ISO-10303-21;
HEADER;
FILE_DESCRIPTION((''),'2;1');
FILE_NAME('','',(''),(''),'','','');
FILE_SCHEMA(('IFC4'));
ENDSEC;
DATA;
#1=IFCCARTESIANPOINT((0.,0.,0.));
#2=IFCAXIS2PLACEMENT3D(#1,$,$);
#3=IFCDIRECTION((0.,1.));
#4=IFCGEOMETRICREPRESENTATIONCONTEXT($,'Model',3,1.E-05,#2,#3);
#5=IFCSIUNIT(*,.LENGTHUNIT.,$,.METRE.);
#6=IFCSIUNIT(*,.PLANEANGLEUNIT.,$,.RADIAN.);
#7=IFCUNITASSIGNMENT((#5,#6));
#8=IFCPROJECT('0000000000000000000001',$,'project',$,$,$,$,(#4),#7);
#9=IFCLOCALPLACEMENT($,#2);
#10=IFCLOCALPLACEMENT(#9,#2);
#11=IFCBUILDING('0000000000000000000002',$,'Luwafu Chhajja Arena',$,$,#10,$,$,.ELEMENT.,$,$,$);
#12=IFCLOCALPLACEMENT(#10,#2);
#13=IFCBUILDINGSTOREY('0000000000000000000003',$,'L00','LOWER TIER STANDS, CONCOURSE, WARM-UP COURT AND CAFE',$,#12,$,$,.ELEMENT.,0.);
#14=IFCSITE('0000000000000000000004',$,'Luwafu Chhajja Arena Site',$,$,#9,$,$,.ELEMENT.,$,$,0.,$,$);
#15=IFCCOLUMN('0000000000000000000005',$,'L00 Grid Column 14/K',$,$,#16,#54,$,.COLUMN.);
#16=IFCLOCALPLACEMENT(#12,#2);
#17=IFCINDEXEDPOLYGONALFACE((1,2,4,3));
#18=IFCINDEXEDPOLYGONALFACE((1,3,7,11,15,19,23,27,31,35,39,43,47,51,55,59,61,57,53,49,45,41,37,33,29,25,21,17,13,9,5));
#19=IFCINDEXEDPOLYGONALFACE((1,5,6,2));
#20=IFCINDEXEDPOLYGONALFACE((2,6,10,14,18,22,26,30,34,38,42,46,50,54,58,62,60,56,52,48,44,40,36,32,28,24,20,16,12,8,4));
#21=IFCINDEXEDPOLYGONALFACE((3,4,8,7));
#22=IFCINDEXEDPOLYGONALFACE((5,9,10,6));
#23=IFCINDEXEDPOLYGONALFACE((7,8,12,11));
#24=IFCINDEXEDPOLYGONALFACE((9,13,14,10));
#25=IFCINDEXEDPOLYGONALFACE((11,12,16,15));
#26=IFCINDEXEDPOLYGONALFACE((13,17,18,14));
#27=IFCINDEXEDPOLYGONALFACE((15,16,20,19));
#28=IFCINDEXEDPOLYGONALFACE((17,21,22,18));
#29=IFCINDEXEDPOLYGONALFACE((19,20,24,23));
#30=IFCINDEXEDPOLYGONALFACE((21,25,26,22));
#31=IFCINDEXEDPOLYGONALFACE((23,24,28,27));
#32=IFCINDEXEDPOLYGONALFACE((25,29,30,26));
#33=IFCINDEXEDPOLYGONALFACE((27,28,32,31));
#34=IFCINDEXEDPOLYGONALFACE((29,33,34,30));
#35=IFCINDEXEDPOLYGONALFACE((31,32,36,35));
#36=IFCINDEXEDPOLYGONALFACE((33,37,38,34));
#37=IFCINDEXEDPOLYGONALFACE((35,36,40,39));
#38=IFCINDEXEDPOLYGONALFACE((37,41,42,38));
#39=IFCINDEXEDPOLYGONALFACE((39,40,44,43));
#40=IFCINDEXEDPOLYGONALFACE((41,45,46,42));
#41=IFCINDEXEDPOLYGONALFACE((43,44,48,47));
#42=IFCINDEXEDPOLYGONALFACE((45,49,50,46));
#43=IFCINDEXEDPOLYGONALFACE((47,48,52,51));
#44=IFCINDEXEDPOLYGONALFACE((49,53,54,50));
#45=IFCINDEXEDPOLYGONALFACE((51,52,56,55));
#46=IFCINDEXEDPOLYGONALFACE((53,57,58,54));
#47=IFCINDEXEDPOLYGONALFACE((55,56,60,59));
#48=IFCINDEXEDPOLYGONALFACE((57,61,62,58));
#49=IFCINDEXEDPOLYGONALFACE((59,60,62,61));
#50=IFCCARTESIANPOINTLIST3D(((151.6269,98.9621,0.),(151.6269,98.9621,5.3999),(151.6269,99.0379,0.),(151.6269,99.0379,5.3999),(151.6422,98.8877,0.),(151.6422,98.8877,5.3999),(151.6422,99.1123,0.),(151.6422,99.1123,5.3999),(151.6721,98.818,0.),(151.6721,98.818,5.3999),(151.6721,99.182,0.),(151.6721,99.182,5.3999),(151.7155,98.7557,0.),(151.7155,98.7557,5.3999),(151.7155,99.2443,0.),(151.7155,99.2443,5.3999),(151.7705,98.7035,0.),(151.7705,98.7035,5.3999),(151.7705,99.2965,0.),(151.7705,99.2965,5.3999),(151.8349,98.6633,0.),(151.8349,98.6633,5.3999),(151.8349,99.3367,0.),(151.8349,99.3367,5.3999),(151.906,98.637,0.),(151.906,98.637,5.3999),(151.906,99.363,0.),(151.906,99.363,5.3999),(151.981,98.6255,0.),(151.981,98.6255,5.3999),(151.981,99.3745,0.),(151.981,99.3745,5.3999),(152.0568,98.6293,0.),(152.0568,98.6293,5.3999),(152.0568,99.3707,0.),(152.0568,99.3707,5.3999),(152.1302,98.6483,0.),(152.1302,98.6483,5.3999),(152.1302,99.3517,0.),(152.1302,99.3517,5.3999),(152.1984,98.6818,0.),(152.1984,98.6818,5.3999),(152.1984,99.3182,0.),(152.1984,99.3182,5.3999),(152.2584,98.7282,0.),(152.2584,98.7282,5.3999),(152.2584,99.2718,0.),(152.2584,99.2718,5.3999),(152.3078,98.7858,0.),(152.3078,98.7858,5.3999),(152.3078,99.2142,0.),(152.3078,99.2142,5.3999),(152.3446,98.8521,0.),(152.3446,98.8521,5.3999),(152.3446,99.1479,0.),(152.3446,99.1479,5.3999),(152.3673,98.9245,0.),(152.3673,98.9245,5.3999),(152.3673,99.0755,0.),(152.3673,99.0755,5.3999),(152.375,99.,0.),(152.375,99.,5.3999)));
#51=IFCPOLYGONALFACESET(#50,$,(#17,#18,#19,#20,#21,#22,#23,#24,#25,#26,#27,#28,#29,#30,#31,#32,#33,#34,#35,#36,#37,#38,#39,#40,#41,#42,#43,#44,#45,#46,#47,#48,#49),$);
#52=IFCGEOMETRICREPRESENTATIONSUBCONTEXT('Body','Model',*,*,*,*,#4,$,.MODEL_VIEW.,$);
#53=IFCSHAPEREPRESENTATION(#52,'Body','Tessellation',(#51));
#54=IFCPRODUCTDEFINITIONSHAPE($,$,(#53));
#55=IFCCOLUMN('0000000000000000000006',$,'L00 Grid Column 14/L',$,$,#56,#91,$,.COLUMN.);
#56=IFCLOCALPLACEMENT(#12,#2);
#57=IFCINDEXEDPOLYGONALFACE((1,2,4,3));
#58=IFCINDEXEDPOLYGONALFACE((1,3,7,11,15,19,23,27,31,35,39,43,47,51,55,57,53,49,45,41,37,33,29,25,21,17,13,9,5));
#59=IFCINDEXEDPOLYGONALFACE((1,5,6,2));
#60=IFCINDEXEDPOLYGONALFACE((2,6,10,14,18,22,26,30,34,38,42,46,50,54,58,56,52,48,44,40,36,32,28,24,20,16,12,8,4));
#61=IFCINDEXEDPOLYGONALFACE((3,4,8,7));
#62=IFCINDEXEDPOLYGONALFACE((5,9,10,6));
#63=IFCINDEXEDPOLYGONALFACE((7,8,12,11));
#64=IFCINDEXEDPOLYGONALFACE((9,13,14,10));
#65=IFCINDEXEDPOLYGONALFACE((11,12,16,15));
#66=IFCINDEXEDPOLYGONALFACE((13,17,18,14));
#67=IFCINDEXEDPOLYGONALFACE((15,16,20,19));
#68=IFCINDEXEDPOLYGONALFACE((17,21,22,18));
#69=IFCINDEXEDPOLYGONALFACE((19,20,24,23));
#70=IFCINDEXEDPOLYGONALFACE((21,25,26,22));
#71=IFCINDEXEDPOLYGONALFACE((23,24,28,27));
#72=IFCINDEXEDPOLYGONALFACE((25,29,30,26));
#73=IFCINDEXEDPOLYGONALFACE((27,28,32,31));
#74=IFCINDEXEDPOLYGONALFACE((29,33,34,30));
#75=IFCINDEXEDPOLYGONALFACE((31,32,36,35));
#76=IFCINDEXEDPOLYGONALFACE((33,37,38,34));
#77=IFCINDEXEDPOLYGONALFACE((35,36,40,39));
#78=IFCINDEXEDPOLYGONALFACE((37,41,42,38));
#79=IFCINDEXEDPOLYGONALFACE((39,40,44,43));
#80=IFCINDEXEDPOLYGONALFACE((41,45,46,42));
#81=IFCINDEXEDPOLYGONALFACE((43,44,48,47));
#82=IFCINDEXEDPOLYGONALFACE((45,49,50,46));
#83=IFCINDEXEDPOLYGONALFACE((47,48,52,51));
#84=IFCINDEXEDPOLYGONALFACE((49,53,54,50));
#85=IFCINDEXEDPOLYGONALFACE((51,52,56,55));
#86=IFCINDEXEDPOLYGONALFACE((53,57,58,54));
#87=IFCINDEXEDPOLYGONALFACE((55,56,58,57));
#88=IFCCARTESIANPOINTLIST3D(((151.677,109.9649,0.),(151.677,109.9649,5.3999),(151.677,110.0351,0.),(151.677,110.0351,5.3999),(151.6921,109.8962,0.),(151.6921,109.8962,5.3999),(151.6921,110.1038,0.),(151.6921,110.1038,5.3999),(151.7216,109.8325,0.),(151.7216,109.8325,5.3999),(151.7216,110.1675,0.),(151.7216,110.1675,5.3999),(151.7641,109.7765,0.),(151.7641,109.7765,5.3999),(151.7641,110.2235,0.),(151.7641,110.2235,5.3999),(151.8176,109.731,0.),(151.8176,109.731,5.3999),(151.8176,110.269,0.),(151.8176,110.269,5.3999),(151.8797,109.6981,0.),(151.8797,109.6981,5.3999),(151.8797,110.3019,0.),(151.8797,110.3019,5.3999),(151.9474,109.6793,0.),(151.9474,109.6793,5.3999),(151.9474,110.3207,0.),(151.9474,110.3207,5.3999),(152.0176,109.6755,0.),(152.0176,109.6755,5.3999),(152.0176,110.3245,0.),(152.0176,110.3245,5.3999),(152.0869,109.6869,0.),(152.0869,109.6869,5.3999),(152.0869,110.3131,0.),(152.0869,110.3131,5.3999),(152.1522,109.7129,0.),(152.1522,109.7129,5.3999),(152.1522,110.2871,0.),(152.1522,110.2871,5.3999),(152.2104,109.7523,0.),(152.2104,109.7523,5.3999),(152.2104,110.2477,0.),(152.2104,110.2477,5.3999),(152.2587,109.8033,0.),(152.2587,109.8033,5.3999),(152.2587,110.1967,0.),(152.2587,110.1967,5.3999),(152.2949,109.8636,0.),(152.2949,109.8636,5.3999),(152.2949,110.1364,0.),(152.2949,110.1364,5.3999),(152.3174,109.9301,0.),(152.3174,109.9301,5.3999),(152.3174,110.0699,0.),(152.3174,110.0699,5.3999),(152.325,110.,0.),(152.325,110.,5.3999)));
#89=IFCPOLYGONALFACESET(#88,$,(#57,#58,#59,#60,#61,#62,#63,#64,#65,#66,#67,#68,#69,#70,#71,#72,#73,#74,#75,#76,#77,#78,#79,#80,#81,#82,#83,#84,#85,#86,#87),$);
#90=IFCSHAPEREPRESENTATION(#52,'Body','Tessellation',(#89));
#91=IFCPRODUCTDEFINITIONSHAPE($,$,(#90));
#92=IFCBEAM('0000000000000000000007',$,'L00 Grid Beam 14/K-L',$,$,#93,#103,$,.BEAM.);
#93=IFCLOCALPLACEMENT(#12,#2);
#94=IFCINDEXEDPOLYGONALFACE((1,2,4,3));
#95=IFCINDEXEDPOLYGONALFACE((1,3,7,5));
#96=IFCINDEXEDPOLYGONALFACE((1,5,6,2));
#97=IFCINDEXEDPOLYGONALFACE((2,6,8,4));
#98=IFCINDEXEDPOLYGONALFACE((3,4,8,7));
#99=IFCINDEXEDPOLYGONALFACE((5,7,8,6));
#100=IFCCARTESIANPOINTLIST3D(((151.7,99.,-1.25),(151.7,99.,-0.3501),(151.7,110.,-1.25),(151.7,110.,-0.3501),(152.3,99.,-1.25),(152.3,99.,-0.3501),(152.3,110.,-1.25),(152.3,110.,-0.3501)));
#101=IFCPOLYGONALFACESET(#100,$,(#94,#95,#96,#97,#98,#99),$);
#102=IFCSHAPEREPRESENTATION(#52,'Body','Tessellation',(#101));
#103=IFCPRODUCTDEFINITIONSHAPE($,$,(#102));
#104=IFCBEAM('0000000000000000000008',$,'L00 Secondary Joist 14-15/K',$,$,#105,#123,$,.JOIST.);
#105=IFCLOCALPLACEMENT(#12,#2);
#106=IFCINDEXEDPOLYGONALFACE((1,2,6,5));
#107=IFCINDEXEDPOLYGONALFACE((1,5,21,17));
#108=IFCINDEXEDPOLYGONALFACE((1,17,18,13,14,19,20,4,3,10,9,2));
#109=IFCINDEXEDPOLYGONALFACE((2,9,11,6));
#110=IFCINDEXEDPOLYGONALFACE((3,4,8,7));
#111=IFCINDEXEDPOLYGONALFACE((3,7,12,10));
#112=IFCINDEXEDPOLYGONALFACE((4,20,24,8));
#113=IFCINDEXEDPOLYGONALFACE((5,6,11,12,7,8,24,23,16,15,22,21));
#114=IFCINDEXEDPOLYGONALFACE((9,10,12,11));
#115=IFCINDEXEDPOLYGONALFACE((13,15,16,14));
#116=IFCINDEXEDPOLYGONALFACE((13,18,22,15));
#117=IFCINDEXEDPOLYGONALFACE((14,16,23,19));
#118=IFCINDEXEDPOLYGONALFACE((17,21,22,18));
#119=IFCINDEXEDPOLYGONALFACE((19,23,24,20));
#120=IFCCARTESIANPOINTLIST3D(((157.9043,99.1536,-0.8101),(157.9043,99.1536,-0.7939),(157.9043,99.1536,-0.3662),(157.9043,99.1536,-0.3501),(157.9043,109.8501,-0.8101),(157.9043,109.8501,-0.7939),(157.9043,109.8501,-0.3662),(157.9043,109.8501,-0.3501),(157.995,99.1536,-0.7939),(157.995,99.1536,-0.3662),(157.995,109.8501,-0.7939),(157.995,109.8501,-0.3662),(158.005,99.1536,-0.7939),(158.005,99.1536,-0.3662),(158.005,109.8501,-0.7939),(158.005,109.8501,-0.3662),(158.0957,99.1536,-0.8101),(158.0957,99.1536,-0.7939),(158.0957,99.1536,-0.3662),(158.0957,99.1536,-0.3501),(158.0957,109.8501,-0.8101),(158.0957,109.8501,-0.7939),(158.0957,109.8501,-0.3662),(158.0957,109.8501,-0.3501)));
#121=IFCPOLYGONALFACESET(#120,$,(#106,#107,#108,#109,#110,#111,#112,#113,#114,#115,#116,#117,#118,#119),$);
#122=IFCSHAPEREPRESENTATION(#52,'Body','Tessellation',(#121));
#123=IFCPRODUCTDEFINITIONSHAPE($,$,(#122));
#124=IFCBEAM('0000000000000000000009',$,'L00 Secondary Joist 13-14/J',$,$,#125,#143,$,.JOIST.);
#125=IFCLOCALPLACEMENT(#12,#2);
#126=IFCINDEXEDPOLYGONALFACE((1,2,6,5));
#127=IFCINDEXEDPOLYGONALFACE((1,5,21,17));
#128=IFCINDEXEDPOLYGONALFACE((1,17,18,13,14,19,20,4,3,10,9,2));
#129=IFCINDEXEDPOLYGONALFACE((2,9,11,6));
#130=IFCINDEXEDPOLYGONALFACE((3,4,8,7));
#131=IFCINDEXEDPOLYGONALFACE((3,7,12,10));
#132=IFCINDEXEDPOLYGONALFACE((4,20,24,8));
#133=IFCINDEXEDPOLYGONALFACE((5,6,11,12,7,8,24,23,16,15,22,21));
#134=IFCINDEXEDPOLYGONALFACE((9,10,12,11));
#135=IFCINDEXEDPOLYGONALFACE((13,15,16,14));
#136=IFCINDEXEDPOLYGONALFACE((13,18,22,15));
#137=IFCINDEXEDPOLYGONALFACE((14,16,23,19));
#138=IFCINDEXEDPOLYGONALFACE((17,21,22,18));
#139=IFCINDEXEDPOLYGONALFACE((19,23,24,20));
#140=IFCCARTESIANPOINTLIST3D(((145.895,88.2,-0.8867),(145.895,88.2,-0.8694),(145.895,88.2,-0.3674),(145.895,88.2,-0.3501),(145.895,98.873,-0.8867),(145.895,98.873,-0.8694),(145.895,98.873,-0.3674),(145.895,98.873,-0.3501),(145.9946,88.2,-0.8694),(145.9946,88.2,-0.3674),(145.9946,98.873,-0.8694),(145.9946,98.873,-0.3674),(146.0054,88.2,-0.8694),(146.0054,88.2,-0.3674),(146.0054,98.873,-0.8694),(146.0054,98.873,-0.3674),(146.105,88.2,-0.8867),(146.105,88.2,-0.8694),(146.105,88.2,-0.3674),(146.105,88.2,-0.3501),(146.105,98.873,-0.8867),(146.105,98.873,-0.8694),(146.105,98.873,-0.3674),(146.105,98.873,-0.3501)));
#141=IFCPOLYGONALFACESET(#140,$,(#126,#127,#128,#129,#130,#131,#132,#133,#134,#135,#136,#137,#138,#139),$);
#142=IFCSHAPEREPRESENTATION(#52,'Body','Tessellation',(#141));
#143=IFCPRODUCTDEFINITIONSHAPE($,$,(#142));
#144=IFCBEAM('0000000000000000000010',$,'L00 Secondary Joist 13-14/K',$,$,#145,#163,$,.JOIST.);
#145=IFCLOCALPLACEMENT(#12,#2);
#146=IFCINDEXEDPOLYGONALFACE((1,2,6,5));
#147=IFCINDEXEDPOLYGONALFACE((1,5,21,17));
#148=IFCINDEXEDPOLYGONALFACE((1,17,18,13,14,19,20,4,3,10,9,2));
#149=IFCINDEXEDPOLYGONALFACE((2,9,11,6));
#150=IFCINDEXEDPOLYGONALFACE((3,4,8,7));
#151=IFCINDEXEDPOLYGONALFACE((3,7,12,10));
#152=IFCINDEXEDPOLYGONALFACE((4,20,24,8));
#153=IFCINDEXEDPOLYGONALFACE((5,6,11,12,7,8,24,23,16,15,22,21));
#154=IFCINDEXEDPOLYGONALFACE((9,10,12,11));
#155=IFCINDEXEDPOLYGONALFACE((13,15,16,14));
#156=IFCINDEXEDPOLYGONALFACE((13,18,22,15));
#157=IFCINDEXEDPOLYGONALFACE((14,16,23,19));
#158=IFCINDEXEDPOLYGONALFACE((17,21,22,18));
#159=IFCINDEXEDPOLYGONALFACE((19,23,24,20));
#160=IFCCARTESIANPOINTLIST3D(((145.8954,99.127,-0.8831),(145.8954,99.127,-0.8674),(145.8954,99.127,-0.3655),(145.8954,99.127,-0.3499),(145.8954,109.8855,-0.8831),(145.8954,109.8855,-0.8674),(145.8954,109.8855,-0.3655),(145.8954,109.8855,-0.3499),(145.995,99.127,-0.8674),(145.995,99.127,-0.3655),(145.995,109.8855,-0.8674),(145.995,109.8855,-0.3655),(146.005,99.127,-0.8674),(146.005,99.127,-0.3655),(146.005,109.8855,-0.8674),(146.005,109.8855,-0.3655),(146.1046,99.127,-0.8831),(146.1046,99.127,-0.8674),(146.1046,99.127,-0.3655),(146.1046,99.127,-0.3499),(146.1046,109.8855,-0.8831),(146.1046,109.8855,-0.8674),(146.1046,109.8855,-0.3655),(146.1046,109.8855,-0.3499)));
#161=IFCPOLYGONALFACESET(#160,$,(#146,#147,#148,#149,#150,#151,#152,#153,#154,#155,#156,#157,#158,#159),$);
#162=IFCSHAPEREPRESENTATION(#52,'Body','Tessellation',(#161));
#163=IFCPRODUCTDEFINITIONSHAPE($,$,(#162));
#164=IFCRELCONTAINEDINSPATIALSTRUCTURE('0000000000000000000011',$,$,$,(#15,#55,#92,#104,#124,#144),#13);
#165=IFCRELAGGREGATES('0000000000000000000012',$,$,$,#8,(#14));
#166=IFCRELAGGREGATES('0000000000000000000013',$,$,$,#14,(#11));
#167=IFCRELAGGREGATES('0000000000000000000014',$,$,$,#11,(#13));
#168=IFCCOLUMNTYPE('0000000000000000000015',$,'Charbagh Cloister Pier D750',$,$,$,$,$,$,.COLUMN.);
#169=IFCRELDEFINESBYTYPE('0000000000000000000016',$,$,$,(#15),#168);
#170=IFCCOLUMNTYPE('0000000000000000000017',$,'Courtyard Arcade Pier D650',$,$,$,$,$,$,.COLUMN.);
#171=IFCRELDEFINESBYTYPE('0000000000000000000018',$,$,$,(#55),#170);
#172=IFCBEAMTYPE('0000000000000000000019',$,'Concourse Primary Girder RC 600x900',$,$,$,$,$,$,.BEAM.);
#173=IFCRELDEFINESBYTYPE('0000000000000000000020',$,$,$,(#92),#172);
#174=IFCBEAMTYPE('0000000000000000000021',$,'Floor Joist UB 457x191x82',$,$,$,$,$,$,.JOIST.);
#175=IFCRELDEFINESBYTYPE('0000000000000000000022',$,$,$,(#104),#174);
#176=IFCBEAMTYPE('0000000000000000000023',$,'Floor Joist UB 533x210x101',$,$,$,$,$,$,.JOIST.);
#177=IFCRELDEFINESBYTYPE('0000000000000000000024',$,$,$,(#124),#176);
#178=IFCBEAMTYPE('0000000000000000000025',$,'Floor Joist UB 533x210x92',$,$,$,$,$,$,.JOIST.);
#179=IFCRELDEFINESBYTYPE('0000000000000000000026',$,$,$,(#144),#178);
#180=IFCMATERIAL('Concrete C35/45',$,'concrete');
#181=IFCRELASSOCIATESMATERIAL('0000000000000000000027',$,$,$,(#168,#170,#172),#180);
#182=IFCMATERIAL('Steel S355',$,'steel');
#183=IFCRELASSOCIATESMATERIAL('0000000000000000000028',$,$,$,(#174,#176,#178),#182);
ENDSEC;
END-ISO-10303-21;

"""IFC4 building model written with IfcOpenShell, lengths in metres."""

from ifc_helpers import new_model, si_unit, direction, frame, origin, origin_2d, place, context, subcontext, project, spatial, rectangle, circle, i_section, extrude, material, material_profile, profile_set, type_object, element, save


model = new_model("IFC4")

# Units and contexts
model_context = context("Model", 3, precision=1e-05, world=origin(), true_north=direction((0.0, 1.0)))
body_context = subcontext(model_context, "Body", "Model", "MODEL_VIEW")
ifc_project = project(units=[si_unit("LENGTHUNIT", "METRE"), si_unit("PLANEANGLEUNIT", "RADIAN")], contexts=[model_context])

# Site, building, storey
site_placement = place(None, origin())
site = spatial("IfcSite", under=ifc_project, at=site_placement, Name="Luwafu Chhajja Arena Site", CompositionType="ELEMENT", RefElevation=0.0)
building_placement = place(site_placement, origin())
building = spatial("IfcBuilding", under=site, at=building_placement, Name="Luwafu Chhajja Arena", CompositionType="ELEMENT")
storey_placement = place(building_placement, origin())
storey = spatial("IfcBuildingStorey", under=building, at=storey_placement, Name="L00", Description="LOWER TIER STANDS, CONCOURSE, WARM-UP COURT AND CAFE", CompositionType="ELEMENT", Elevation=0.0)

# Columns
ifc_material_1 = material(Name="Concrete C35/45", Category="concrete")
ifc_material_profile_1 = material_profile(ifc_material_1, circle(Radius=0.375, at=origin_2d()), Name="RC COL D750")
ifc_profile_set_1 = profile_set([ifc_material_profile_1], Name="Concrete C35/45")
column_type_1 = type_object("IfcColumnType", Name="Charbagh Cloister Pier D750", PredefinedType="COLUMN", material=ifc_profile_set_1)
column_1_placement = place(storey_placement, frame((152.0, 99.0, 0.0), z_axis=(0.0, 0.0, 1.0), x_axis=(1.0, 0.0, 0.0)))
element("IfcColumn", 1, at=column_1_placement, inside=storey, type_object=column_type_1, Name="L00 Grid Column 14/K", PredefinedType="COLUMN", context=body_context, shape_type="SweptSolid", body=[
    extrude(circle(Radius=0.375, at=origin_2d()), origin(), (0.0, 0.0, 1.0), 5.3999),
])
ifc_material_profile_2 = material_profile(ifc_material_1, circle(Radius=0.325, at=origin_2d()), Name="RC COL D650")
ifc_profile_set_2 = profile_set([ifc_material_profile_2], Name="Concrete C35/45")
column_type_2 = type_object("IfcColumnType", Name="Courtyard Arcade Pier D650", PredefinedType="COLUMN", material=ifc_profile_set_2)
column_2_placement = place(storey_placement, frame((152.0, 110.0, 0.0), z_axis=(0.0, 0.0, 1.0), x_axis=(1.0, 0.0, 0.0)))
element("IfcColumn", 2, at=column_2_placement, inside=storey, type_object=column_type_2, Name="L00 Grid Column 14/L", PredefinedType="COLUMN", context=body_context, shape_type="SweptSolid", body=[
    extrude(circle(Radius=0.325, at=origin_2d()), origin(), (0.0, 0.0, 1.0), 5.3999),
])

# Beams
ifc_material_profile_3 = material_profile(ifc_material_1, rectangle(XDim=0.6001, YDim=0.8999, at=origin_2d()), Name="RC 600x900")
ifc_profile_set_3 = profile_set([ifc_material_profile_3], Name="Concrete C35/45")
beam_type_1 = type_object("IfcBeamType", Name="Concourse Primary Girder RC 600x900", PredefinedType="BEAM", material=ifc_profile_set_3)
beam_1_placement = place(storey_placement, frame((152.0, 99.0, -0.8), z_axis=(0.0, 1.0, 0.0), x_axis=(-1.0, 0.0, 0.0)))
element("IfcBeam", 3, at=beam_1_placement, inside=storey, type_object=beam_type_1, Name="L00 Grid Beam 14/K-L", PredefinedType="BEAM", context=body_context, shape_type="SweptSolid", body=[
    extrude(rectangle(XDim=0.6001, YDim=0.8999, at=origin_2d()), origin(), (0.0, 0.0, 1.0), 11.0),
])
ifc_material_2 = material(Name="Steel S355", Category="steel")
ifc_material_profile_4 = material_profile(ifc_material_2, i_section(OverallWidth=0.1914, OverallDepth=0.46, WebThickness=0.01, FlangeThickness=0.0161, at=origin_2d()), Name="UB 457x191x82")
ifc_profile_set_4 = profile_set([ifc_material_profile_4], Name="Steel S355")
beam_type_2 = type_object("IfcBeamType", Name="Floor Joist UB 457x191x82", PredefinedType="JOIST", material=ifc_profile_set_4)
beam_2_placement = place(storey_placement, frame((158.0, 99.1536, -0.5801), z_axis=(0.0, 1.0, 0.0), x_axis=(-1.0, 0.0, 0.0)))
element("IfcBeam", 4, at=beam_2_placement, inside=storey, type_object=beam_type_2, Name="L00 Secondary Joist 14-15/K", PredefinedType="JOIST", context=body_context, shape_type="SweptSolid", body=[
    extrude(i_section(OverallWidth=0.1914, OverallDepth=0.46, WebThickness=0.01, FlangeThickness=0.0161, at=origin_2d()), origin(), (0.0, 0.0, 1.0), 10.6965),
])
ifc_material_profile_5 = material_profile(ifc_material_2, i_section(OverallWidth=0.21, OverallDepth=0.5366, WebThickness=0.0107, FlangeThickness=0.0173, at=origin_2d()), Name="UB 533x210x101")
ifc_profile_set_5 = profile_set([ifc_material_profile_5], Name="Steel S355")
beam_type_3 = type_object("IfcBeamType", Name="Floor Joist UB 533x210x101", PredefinedType="JOIST", material=ifc_profile_set_5)
beam_3_placement = place(storey_placement, frame((146.0, 88.2, -0.6184), z_axis=(0.0, 1.0, 0.0), x_axis=(-1.0, 0.0, 0.0)))
element("IfcBeam", 5, at=beam_3_placement, inside=storey, type_object=beam_type_3, Name="L00 Secondary Joist 13-14/J", PredefinedType="JOIST", context=body_context, shape_type="SweptSolid", body=[
    extrude(i_section(OverallWidth=0.21, OverallDepth=0.5366, WebThickness=0.0107, FlangeThickness=0.0173, at=origin_2d()), origin(), (0.0, 0.0, 1.0), 10.6731),
])
ifc_material_profile_6 = material_profile(ifc_material_2, i_section(OverallWidth=0.2092, OverallDepth=0.5332, WebThickness=0.01, FlangeThickness=0.0156, at=origin_2d()), Name="UB 533x210x92")
ifc_profile_set_6 = profile_set([ifc_material_profile_6], Name="Steel S355")
beam_type_4 = type_object("IfcBeamType", Name="Floor Joist UB 533x210x92", PredefinedType="JOIST", material=ifc_profile_set_6)
beam_4_placement = place(storey_placement, frame((146.0, 99.127, -0.6165), z_axis=(0.0, 1.0, 0.0), x_axis=(-1.0, 0.0, 0.0)))
element("IfcBeam", 6, at=beam_4_placement, inside=storey, type_object=beam_type_4, Name="L00 Secondary Joist 13-14/K", PredefinedType="JOIST", context=body_context, shape_type="SweptSolid", body=[
    extrude(i_section(OverallWidth=0.2092, OverallDepth=0.5332, WebThickness=0.01, FlangeThickness=0.0156, at=origin_2d()), origin(), (0.0, 0.0, 1.0), 10.7585),
])

save(model, "model.ifc")
